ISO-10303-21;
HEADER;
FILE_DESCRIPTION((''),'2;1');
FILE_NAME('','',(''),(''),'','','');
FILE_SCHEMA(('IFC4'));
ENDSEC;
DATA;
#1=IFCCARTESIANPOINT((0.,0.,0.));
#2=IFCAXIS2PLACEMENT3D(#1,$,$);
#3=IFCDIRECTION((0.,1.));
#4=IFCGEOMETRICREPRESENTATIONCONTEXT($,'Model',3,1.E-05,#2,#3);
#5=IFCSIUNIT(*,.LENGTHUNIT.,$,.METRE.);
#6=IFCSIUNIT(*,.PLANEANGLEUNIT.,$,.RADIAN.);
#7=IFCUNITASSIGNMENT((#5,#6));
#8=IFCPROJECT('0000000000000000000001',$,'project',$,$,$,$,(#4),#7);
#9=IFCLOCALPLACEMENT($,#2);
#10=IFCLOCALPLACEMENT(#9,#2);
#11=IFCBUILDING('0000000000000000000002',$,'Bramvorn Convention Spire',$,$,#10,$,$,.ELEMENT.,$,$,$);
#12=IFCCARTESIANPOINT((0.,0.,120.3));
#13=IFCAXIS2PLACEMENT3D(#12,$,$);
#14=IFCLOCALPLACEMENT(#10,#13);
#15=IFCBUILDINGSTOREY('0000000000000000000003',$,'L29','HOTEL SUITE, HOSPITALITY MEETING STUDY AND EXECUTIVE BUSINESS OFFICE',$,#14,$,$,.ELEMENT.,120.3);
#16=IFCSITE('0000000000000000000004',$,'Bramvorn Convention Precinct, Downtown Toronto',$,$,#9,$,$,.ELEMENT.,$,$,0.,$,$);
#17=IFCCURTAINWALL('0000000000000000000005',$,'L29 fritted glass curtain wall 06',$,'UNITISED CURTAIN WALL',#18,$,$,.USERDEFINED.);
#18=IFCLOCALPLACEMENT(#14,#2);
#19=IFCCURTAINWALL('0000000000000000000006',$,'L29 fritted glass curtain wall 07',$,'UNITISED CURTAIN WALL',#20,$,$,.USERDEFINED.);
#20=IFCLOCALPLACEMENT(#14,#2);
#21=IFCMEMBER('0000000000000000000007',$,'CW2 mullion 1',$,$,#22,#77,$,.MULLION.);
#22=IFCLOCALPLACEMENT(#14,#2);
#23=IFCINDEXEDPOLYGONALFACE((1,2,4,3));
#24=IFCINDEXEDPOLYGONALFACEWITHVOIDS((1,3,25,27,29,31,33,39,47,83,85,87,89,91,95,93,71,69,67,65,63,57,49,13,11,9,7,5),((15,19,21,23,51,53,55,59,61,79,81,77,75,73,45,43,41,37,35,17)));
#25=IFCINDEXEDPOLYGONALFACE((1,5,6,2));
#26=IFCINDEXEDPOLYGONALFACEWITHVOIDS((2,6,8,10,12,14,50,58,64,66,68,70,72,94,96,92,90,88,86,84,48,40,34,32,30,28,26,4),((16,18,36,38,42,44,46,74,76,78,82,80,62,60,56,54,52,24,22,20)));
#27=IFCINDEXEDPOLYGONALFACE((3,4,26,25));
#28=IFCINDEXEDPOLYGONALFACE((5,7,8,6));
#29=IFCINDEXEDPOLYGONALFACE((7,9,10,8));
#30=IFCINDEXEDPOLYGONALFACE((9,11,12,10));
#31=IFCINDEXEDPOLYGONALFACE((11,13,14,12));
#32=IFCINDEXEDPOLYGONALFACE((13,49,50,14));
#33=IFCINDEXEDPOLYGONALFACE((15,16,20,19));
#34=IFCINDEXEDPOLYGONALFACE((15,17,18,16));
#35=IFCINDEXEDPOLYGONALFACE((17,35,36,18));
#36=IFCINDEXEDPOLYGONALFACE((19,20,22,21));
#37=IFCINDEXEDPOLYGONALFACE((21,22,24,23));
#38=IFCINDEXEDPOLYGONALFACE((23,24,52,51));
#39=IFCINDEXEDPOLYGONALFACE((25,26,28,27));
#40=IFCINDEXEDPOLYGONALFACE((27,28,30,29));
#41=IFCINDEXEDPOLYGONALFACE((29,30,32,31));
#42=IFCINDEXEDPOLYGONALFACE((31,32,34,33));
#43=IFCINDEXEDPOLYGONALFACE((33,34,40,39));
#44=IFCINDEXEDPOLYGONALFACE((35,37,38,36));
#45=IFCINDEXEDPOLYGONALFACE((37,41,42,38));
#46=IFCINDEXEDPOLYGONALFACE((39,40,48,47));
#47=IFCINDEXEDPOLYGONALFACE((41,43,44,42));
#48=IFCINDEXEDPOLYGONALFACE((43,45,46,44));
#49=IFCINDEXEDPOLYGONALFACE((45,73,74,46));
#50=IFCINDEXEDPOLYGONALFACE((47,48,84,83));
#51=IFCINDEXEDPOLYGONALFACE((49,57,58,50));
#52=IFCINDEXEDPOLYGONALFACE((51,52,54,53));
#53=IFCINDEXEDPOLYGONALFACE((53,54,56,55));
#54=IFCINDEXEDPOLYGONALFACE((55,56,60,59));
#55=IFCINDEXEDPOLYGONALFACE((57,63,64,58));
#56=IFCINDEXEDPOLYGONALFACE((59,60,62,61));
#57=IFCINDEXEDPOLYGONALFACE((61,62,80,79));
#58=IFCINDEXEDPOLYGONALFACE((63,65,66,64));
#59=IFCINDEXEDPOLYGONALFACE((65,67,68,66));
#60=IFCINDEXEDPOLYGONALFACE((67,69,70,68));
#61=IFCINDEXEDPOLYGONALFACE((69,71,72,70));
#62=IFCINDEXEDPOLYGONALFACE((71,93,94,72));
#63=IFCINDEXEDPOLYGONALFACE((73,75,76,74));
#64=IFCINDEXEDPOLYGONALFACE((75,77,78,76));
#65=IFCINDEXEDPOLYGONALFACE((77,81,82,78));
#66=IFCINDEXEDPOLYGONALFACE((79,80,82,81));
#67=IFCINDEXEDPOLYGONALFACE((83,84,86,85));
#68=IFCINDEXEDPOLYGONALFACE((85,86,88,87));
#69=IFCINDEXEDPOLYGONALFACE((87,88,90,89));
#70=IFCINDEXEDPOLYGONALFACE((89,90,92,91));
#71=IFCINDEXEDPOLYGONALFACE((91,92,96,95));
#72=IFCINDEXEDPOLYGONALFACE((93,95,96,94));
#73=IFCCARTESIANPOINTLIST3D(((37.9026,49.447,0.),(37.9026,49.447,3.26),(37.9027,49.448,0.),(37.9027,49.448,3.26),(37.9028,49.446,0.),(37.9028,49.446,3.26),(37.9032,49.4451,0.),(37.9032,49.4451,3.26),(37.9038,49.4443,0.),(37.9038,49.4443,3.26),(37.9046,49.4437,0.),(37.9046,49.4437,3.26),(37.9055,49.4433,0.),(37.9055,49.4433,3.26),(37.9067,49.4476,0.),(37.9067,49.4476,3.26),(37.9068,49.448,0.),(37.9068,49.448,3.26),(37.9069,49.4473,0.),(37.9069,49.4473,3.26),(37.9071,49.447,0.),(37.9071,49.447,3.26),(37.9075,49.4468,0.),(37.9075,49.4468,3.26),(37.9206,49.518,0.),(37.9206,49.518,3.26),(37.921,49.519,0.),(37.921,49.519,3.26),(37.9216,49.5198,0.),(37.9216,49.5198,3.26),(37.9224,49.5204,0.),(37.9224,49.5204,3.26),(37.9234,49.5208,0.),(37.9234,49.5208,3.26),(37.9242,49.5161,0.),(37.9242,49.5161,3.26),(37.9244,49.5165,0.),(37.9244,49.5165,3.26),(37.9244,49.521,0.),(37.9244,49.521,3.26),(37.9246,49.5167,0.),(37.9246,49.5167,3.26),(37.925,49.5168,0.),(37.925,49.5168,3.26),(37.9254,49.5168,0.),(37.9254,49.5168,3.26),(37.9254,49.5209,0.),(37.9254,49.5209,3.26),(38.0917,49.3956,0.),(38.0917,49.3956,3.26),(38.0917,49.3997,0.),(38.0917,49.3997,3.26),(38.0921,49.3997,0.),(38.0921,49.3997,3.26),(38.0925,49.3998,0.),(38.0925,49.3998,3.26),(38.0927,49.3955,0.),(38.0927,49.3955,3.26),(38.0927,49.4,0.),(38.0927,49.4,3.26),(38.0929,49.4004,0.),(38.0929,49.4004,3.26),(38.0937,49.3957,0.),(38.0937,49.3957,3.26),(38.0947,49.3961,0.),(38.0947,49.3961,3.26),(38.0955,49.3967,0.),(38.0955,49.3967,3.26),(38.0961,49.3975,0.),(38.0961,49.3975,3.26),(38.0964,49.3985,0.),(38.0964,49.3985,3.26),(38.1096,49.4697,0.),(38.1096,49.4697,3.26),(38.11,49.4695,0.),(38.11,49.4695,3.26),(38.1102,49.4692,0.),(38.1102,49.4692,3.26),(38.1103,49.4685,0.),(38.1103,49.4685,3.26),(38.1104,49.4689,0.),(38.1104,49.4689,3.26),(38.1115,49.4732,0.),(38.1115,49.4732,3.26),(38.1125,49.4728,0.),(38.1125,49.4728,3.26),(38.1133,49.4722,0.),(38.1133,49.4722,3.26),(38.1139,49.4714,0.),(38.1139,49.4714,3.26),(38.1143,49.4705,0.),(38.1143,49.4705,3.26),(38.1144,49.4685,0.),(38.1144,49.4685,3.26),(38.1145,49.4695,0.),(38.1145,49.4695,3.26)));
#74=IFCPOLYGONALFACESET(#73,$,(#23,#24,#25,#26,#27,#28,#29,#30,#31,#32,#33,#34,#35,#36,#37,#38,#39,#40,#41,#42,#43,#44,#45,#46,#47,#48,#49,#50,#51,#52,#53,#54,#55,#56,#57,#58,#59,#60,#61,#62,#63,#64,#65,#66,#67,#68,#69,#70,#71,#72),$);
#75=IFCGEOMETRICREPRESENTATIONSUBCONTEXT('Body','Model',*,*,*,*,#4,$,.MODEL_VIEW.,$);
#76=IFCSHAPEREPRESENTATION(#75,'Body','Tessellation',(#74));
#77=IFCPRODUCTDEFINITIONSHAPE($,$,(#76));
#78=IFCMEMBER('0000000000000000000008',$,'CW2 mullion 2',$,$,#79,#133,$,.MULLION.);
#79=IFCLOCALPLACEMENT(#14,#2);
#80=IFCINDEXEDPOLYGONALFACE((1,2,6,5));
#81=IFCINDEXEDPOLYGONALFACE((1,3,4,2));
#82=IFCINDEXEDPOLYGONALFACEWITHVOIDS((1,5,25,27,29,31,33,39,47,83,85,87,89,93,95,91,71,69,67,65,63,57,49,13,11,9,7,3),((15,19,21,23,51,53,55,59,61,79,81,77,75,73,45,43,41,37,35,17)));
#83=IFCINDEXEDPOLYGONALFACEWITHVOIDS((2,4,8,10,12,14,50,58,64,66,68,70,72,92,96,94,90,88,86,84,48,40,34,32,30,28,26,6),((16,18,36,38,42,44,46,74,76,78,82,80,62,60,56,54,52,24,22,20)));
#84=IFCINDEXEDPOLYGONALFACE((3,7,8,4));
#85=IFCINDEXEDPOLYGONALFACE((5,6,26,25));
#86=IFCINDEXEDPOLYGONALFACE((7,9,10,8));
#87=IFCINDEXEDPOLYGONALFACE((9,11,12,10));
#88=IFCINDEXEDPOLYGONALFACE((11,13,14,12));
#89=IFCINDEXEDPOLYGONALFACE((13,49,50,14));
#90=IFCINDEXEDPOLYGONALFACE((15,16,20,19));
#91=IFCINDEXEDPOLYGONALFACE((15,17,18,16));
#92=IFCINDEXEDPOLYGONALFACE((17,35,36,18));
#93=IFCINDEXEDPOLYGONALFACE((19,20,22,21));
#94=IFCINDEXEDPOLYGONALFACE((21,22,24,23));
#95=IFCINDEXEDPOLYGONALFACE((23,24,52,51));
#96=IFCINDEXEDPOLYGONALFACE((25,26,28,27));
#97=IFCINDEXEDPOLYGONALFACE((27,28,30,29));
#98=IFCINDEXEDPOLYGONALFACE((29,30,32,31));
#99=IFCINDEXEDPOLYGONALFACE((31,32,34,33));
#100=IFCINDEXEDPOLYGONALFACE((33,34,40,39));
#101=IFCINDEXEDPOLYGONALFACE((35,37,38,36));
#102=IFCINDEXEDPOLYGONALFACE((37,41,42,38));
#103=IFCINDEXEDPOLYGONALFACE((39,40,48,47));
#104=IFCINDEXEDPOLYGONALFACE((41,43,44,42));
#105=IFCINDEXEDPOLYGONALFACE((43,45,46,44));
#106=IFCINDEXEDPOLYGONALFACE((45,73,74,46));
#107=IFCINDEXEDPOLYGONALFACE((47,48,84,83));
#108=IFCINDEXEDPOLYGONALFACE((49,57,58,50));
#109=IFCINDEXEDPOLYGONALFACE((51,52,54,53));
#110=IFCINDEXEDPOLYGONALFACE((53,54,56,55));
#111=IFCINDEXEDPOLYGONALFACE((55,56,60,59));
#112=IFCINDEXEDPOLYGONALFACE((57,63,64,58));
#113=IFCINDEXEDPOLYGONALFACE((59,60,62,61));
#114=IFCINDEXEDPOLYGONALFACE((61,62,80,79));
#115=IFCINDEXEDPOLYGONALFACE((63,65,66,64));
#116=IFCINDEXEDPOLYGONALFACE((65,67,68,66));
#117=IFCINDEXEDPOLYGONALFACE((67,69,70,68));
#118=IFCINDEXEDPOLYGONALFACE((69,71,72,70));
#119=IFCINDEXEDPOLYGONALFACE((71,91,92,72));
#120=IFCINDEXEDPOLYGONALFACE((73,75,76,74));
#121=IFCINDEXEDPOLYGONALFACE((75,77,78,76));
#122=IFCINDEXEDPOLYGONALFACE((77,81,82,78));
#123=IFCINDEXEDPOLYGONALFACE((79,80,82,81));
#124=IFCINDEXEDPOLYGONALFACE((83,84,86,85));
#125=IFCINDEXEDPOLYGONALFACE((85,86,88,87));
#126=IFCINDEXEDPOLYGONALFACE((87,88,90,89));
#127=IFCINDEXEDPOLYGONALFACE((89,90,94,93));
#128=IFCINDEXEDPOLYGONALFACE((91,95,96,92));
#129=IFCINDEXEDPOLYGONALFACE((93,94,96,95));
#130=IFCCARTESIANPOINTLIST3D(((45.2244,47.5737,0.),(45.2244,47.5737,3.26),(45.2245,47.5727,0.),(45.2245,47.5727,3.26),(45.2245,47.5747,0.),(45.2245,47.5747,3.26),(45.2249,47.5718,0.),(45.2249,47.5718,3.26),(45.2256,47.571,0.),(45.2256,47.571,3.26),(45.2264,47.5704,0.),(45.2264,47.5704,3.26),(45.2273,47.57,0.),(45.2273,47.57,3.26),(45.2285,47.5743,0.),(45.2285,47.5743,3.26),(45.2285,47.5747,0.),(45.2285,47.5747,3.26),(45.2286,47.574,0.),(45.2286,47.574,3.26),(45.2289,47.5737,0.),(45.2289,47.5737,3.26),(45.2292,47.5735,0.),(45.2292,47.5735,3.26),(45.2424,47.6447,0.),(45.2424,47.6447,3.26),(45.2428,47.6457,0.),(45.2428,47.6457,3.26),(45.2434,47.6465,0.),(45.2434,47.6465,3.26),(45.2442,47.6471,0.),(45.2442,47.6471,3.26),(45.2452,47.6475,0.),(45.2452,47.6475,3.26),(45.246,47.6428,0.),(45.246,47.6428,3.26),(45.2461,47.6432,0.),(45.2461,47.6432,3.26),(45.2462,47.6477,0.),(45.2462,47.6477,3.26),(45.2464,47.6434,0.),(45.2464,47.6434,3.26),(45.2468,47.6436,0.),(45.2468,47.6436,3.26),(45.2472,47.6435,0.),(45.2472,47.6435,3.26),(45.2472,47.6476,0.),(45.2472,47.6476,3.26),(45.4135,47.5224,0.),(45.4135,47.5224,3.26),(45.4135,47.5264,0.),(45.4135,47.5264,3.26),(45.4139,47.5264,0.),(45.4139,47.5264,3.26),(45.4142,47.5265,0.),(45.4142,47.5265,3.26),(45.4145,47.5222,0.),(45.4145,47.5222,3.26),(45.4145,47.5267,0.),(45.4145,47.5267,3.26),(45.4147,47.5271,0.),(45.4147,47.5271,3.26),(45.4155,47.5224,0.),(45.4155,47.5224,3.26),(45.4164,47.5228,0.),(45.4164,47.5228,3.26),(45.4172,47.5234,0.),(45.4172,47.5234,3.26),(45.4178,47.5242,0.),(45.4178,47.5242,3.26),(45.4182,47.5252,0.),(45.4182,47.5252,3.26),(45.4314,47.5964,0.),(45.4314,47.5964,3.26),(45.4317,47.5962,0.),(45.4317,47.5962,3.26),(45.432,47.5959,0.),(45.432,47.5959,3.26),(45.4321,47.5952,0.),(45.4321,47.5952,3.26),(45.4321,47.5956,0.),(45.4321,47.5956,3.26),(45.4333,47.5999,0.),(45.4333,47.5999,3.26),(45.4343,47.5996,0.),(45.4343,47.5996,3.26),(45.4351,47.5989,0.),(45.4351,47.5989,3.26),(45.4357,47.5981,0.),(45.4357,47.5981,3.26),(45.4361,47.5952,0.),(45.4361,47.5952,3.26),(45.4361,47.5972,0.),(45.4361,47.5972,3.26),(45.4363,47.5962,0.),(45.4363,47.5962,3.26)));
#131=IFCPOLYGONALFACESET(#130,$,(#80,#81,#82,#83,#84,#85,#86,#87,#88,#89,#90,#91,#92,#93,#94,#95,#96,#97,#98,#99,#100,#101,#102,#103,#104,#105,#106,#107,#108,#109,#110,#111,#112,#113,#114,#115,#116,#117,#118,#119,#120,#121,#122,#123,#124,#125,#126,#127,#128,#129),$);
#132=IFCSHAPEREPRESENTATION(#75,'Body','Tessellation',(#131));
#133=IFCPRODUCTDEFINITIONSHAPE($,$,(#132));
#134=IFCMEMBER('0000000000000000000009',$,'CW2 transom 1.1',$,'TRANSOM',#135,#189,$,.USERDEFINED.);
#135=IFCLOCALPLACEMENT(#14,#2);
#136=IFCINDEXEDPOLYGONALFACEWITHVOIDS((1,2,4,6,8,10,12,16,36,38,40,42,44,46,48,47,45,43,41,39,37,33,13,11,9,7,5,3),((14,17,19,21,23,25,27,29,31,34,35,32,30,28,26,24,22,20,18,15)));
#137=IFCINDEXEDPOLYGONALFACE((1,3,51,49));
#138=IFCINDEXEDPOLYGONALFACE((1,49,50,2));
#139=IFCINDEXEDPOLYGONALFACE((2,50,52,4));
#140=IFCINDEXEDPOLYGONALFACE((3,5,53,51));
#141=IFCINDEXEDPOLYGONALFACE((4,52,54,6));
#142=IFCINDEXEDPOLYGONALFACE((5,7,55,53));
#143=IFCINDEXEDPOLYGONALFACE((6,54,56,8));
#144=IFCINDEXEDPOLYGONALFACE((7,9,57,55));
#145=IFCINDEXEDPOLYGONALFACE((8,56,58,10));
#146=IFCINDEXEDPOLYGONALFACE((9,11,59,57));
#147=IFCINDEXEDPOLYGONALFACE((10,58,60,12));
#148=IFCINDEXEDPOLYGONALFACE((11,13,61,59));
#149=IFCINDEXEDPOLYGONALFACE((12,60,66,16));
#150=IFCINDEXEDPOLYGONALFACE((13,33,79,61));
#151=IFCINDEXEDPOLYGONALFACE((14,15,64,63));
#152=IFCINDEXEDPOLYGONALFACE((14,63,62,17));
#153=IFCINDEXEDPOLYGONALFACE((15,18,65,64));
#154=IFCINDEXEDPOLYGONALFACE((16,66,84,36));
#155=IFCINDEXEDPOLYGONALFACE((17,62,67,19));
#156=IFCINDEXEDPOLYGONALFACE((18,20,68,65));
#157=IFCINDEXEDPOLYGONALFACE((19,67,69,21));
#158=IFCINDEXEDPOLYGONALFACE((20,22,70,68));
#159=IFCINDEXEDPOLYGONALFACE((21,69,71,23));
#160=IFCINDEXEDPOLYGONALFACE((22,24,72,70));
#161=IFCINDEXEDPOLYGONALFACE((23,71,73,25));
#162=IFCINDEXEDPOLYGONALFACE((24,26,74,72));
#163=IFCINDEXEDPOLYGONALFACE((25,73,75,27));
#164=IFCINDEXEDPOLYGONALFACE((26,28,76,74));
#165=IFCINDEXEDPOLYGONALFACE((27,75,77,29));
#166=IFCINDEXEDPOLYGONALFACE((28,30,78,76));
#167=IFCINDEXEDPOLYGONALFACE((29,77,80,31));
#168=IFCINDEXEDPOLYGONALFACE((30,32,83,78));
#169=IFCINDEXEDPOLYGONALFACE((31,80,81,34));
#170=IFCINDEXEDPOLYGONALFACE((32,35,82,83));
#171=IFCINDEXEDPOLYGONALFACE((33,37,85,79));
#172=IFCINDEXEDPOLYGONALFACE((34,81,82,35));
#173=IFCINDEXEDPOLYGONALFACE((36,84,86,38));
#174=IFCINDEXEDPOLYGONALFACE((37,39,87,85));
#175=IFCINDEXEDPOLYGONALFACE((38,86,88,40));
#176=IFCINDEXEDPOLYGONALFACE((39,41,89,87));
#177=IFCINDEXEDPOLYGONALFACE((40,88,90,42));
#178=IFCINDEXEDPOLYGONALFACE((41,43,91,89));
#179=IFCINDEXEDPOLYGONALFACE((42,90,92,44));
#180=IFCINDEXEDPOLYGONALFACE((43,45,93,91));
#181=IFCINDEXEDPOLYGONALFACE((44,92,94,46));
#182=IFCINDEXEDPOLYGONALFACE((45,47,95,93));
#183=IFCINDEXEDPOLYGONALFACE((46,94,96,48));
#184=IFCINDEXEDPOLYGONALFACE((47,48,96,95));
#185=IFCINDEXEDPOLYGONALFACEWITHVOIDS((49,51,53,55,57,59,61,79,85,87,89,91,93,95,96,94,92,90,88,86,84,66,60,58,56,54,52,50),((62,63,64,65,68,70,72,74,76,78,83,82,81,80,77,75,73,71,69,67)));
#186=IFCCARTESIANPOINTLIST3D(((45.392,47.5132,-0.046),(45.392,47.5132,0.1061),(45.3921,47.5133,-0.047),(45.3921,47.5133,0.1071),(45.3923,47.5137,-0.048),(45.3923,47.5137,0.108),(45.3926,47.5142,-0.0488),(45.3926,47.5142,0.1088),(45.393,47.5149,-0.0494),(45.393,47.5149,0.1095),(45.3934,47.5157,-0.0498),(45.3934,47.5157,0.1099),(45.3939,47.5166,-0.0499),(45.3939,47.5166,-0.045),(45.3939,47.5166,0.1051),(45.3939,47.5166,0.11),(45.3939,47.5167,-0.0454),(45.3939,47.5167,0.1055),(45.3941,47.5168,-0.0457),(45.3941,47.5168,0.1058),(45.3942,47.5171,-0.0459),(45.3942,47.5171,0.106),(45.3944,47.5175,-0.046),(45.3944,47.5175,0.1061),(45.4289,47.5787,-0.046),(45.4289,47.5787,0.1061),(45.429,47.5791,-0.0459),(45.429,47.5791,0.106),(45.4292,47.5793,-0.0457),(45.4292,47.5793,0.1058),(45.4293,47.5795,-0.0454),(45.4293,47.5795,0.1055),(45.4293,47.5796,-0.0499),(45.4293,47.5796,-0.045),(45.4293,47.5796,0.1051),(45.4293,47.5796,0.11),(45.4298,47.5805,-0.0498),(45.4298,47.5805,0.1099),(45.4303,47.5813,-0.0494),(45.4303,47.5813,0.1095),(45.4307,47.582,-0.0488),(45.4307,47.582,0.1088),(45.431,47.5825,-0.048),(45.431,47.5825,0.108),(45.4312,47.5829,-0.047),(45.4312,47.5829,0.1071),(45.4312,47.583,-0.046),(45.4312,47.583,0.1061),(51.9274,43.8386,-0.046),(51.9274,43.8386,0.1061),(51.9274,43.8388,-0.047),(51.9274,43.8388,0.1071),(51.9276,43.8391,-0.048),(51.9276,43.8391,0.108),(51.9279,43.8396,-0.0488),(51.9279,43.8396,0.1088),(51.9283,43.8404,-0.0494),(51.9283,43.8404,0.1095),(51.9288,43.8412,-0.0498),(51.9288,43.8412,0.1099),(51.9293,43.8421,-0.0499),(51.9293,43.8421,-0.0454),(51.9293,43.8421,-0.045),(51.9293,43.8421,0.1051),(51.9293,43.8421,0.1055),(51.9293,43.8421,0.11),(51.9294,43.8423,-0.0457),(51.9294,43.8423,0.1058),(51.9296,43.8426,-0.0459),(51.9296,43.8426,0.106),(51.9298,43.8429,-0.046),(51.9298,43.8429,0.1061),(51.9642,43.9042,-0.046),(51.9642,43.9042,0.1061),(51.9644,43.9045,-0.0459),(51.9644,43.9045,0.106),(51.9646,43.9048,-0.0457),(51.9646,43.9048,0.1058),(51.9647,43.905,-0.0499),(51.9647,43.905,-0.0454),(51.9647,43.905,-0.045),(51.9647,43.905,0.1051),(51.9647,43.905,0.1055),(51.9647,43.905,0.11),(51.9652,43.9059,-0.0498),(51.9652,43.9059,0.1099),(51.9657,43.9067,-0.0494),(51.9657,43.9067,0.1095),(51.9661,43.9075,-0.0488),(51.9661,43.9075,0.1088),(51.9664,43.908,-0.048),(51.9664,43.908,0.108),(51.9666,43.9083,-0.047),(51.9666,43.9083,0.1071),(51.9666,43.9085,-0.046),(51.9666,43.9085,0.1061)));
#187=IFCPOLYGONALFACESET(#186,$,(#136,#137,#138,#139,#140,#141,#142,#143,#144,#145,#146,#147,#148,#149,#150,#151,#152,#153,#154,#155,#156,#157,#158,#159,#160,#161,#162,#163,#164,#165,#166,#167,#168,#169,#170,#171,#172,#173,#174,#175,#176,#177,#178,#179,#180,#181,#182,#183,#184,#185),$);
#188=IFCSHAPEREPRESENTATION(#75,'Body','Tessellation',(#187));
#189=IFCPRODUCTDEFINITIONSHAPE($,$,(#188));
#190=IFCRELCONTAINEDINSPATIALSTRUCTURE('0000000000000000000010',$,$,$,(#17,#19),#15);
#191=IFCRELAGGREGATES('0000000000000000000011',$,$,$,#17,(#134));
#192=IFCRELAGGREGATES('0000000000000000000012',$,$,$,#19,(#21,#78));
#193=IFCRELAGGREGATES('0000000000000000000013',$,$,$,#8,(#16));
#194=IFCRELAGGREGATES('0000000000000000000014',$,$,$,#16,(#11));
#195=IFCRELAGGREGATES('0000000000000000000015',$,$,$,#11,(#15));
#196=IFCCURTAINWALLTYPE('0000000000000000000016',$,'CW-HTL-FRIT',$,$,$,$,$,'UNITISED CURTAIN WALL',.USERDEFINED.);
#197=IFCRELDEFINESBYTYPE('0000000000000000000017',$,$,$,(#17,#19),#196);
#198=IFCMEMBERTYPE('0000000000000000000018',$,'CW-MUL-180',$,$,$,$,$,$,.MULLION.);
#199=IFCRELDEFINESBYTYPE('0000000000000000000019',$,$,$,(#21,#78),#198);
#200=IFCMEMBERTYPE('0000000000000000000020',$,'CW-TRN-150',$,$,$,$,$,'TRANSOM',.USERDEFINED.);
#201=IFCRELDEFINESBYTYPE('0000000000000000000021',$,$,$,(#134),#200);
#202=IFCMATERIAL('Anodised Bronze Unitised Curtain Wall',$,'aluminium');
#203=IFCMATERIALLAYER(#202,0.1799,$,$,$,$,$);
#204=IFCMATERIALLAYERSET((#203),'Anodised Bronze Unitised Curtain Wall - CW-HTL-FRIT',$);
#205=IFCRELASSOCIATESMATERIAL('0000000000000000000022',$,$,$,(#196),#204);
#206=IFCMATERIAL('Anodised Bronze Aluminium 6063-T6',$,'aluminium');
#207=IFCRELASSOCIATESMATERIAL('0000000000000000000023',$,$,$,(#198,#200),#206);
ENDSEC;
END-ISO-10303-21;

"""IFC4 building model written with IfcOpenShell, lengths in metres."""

from ifc_helpers import new_model, si_unit, direction, frame, origin, origin_2d, place, context, subcontext, project, spatial, hollow_rectangle, extrude, material, layer, layer_set, material_profile, profile_set, type_object, element, aggregate, save


model = new_model("IFC4")

# Units and contexts
model_context = context("Model", 3, precision=1e-05, world=origin(), true_north=direction((0.0, 1.0)))
body_context = subcontext(model_context, "Body", "Model", "MODEL_VIEW")
ifc_project = project(units=[si_unit("LENGTHUNIT", "METRE"), si_unit("PLANEANGLEUNIT", "RADIAN")], contexts=[model_context])

# Site, building, storey
site_placement = place(None, origin())
site = spatial("IfcSite", under=ifc_project, at=site_placement, Name="Bramvorn Convention Precinct, Downtown Toronto", CompositionType="ELEMENT", RefElevation=0.0)
building_placement = place(site_placement, origin())
building = spatial("IfcBuilding", under=site, at=building_placement, Name="Bramvorn Convention Spire", CompositionType="ELEMENT")
storey_placement = place(building_placement, frame((0.0, 0.0, 120.3)))
storey = spatial("IfcBuildingStorey", under=building, at=storey_placement, Name="L29", Description="HOTEL SUITE, HOSPITALITY MEETING STUDY AND EXECUTIVE BUSINESS OFFICE", CompositionType="ELEMENT", Elevation=120.3)

# Curtain wall
ifc_material_1 = material(Name="Anodised Bronze Unitised Curtain Wall", Category="aluminium")
ifc_layer_1 = layer(ifc_material_1, 0.1799)
ifc_layer_set_1 = layer_set([ifc_layer_1], Name="Anodised Bronze Unitised Curtain Wall - CW-HTL-FRIT")
curtain_wall_type = type_object("IfcCurtainWallType", Name="CW-HTL-FRIT", ElementType="UNITISED CURTAIN WALL", PredefinedType="USERDEFINED", material=ifc_layer_set_1)
curtain_wall_1_placement = place(storey_placement, origin())
curtain_wall_1 = element("IfcCurtainWall", 1, at=curtain_wall_1_placement, inside=storey, type_object=curtain_wall_type, Name="L29 fritted glass curtain wall 06", ObjectType="UNITISED CURTAIN WALL", PredefinedType="USERDEFINED")
ifc_material_2 = material(Name="Anodised Bronze Aluminium 6063-T6", Category="aluminium")
ifc_material_profile_1 = material_profile(ifc_material_2, hollow_rectangle(XDim=0.0801, YDim=0.2, WallThickness=0.0039, InnerFilletRadius=0.001, OuterFilletRadius=0.0039, at=origin_2d()))
ifc_profile_set_1 = profile_set([ifc_material_profile_1], Name="Anodised Bronze Aluminium 6063-T6 - CWM80X200")
member_type_1 = type_object("IfcMemberType", Name="CW-MUL-180", PredefinedType="MULLION", material=ifc_profile_set_1)

# Curtain wall, members
curtain_wall_2_placement = place(storey_placement, origin())
curtain_wall_2 = element("IfcCurtainWall", 2, at=curtain_wall_2_placement, inside=storey, type_object=curtain_wall_type, Name="L29 fritted glass curtain wall 07", ObjectType="UNITISED CURTAIN WALL", PredefinedType="USERDEFINED")
member_1_placement = place(storey_placement, frame((38.0085, 49.4583, 0.0), z_axis=(0.0, 0.0, 1.0), x_axis=(0.247876, 0.968792, 0.0)))
member_1 = element("IfcMember", 3, at=member_1_placement, type_object=member_type_1, Name="CW2 mullion 1", PredefinedType="MULLION", context=body_context, shape_type="SweptSolid", body=[
    extrude(hollow_rectangle(XDim=0.0801, YDim=0.2, WallThickness=0.0039, InnerFilletRadius=0.001, OuterFilletRadius=0.0039, at=origin_2d()), origin(), (0.0, 0.0, 1.0), 3.26),
])
member_2_placement = place(storey_placement, frame((45.3303, 47.585, 0.0), z_axis=(0.0, 0.0, 1.0), x_axis=(0.247876, 0.968792, 0.0)))
member_2 = element("IfcMember", 4, at=member_2_placement, type_object=member_type_1, Name="CW2 mullion 2", PredefinedType="MULLION", context=body_context, shape_type="SweptSolid", body=[
    extrude(hollow_rectangle(XDim=0.0801, YDim=0.2, WallThickness=0.0039, InnerFilletRadius=0.001, OuterFilletRadius=0.0039, at=origin_2d()), origin(), (0.0, 0.0, 1.0), 3.26),
])

# Member
ifc_material_profile_2 = material_profile(ifc_material_2, hollow_rectangle(XDim=0.0801, YDim=0.1599, WallThickness=0.0039, InnerFilletRadius=0.001, OuterFilletRadius=0.0039, at=origin_2d()))
ifc_profile_set_2 = profile_set([ifc_material_profile_2], Name="Anodised Bronze Aluminium 6063-T6 - CWT80X160")
member_type_2 = type_object("IfcMemberType", Name="CW-TRN-150", ElementType="TRANSOM", PredefinedType="USERDEFINED", material=ifc_profile_set_2)
member_3_placement = place(storey_placement, frame((45.4116, 47.5481, 0.03), z_axis=(0.871667, -0.490099, 0.0), x_axis=(0.490099, 0.871667, 0.0)))
member_3 = element("IfcMember", 5, at=member_3_placement, type_object=member_type_2, Name="CW2 transom 1.1", ObjectType="TRANSOM", PredefinedType="USERDEFINED", context=body_context, shape_type="SweptSolid", body=[
    extrude(hollow_rectangle(XDim=0.0801, YDim=0.1599, WallThickness=0.0039, InnerFilletRadius=0.001, OuterFilletRadius=0.0039, at=origin_2d()), origin(), (0.0, 0.0, 1.0), 7.4976),
])
aggregate(curtain_wall_1, [member_3])

aggregate(curtain_wall_2, [member_1, member_2])

save(model, "model.ifc")
